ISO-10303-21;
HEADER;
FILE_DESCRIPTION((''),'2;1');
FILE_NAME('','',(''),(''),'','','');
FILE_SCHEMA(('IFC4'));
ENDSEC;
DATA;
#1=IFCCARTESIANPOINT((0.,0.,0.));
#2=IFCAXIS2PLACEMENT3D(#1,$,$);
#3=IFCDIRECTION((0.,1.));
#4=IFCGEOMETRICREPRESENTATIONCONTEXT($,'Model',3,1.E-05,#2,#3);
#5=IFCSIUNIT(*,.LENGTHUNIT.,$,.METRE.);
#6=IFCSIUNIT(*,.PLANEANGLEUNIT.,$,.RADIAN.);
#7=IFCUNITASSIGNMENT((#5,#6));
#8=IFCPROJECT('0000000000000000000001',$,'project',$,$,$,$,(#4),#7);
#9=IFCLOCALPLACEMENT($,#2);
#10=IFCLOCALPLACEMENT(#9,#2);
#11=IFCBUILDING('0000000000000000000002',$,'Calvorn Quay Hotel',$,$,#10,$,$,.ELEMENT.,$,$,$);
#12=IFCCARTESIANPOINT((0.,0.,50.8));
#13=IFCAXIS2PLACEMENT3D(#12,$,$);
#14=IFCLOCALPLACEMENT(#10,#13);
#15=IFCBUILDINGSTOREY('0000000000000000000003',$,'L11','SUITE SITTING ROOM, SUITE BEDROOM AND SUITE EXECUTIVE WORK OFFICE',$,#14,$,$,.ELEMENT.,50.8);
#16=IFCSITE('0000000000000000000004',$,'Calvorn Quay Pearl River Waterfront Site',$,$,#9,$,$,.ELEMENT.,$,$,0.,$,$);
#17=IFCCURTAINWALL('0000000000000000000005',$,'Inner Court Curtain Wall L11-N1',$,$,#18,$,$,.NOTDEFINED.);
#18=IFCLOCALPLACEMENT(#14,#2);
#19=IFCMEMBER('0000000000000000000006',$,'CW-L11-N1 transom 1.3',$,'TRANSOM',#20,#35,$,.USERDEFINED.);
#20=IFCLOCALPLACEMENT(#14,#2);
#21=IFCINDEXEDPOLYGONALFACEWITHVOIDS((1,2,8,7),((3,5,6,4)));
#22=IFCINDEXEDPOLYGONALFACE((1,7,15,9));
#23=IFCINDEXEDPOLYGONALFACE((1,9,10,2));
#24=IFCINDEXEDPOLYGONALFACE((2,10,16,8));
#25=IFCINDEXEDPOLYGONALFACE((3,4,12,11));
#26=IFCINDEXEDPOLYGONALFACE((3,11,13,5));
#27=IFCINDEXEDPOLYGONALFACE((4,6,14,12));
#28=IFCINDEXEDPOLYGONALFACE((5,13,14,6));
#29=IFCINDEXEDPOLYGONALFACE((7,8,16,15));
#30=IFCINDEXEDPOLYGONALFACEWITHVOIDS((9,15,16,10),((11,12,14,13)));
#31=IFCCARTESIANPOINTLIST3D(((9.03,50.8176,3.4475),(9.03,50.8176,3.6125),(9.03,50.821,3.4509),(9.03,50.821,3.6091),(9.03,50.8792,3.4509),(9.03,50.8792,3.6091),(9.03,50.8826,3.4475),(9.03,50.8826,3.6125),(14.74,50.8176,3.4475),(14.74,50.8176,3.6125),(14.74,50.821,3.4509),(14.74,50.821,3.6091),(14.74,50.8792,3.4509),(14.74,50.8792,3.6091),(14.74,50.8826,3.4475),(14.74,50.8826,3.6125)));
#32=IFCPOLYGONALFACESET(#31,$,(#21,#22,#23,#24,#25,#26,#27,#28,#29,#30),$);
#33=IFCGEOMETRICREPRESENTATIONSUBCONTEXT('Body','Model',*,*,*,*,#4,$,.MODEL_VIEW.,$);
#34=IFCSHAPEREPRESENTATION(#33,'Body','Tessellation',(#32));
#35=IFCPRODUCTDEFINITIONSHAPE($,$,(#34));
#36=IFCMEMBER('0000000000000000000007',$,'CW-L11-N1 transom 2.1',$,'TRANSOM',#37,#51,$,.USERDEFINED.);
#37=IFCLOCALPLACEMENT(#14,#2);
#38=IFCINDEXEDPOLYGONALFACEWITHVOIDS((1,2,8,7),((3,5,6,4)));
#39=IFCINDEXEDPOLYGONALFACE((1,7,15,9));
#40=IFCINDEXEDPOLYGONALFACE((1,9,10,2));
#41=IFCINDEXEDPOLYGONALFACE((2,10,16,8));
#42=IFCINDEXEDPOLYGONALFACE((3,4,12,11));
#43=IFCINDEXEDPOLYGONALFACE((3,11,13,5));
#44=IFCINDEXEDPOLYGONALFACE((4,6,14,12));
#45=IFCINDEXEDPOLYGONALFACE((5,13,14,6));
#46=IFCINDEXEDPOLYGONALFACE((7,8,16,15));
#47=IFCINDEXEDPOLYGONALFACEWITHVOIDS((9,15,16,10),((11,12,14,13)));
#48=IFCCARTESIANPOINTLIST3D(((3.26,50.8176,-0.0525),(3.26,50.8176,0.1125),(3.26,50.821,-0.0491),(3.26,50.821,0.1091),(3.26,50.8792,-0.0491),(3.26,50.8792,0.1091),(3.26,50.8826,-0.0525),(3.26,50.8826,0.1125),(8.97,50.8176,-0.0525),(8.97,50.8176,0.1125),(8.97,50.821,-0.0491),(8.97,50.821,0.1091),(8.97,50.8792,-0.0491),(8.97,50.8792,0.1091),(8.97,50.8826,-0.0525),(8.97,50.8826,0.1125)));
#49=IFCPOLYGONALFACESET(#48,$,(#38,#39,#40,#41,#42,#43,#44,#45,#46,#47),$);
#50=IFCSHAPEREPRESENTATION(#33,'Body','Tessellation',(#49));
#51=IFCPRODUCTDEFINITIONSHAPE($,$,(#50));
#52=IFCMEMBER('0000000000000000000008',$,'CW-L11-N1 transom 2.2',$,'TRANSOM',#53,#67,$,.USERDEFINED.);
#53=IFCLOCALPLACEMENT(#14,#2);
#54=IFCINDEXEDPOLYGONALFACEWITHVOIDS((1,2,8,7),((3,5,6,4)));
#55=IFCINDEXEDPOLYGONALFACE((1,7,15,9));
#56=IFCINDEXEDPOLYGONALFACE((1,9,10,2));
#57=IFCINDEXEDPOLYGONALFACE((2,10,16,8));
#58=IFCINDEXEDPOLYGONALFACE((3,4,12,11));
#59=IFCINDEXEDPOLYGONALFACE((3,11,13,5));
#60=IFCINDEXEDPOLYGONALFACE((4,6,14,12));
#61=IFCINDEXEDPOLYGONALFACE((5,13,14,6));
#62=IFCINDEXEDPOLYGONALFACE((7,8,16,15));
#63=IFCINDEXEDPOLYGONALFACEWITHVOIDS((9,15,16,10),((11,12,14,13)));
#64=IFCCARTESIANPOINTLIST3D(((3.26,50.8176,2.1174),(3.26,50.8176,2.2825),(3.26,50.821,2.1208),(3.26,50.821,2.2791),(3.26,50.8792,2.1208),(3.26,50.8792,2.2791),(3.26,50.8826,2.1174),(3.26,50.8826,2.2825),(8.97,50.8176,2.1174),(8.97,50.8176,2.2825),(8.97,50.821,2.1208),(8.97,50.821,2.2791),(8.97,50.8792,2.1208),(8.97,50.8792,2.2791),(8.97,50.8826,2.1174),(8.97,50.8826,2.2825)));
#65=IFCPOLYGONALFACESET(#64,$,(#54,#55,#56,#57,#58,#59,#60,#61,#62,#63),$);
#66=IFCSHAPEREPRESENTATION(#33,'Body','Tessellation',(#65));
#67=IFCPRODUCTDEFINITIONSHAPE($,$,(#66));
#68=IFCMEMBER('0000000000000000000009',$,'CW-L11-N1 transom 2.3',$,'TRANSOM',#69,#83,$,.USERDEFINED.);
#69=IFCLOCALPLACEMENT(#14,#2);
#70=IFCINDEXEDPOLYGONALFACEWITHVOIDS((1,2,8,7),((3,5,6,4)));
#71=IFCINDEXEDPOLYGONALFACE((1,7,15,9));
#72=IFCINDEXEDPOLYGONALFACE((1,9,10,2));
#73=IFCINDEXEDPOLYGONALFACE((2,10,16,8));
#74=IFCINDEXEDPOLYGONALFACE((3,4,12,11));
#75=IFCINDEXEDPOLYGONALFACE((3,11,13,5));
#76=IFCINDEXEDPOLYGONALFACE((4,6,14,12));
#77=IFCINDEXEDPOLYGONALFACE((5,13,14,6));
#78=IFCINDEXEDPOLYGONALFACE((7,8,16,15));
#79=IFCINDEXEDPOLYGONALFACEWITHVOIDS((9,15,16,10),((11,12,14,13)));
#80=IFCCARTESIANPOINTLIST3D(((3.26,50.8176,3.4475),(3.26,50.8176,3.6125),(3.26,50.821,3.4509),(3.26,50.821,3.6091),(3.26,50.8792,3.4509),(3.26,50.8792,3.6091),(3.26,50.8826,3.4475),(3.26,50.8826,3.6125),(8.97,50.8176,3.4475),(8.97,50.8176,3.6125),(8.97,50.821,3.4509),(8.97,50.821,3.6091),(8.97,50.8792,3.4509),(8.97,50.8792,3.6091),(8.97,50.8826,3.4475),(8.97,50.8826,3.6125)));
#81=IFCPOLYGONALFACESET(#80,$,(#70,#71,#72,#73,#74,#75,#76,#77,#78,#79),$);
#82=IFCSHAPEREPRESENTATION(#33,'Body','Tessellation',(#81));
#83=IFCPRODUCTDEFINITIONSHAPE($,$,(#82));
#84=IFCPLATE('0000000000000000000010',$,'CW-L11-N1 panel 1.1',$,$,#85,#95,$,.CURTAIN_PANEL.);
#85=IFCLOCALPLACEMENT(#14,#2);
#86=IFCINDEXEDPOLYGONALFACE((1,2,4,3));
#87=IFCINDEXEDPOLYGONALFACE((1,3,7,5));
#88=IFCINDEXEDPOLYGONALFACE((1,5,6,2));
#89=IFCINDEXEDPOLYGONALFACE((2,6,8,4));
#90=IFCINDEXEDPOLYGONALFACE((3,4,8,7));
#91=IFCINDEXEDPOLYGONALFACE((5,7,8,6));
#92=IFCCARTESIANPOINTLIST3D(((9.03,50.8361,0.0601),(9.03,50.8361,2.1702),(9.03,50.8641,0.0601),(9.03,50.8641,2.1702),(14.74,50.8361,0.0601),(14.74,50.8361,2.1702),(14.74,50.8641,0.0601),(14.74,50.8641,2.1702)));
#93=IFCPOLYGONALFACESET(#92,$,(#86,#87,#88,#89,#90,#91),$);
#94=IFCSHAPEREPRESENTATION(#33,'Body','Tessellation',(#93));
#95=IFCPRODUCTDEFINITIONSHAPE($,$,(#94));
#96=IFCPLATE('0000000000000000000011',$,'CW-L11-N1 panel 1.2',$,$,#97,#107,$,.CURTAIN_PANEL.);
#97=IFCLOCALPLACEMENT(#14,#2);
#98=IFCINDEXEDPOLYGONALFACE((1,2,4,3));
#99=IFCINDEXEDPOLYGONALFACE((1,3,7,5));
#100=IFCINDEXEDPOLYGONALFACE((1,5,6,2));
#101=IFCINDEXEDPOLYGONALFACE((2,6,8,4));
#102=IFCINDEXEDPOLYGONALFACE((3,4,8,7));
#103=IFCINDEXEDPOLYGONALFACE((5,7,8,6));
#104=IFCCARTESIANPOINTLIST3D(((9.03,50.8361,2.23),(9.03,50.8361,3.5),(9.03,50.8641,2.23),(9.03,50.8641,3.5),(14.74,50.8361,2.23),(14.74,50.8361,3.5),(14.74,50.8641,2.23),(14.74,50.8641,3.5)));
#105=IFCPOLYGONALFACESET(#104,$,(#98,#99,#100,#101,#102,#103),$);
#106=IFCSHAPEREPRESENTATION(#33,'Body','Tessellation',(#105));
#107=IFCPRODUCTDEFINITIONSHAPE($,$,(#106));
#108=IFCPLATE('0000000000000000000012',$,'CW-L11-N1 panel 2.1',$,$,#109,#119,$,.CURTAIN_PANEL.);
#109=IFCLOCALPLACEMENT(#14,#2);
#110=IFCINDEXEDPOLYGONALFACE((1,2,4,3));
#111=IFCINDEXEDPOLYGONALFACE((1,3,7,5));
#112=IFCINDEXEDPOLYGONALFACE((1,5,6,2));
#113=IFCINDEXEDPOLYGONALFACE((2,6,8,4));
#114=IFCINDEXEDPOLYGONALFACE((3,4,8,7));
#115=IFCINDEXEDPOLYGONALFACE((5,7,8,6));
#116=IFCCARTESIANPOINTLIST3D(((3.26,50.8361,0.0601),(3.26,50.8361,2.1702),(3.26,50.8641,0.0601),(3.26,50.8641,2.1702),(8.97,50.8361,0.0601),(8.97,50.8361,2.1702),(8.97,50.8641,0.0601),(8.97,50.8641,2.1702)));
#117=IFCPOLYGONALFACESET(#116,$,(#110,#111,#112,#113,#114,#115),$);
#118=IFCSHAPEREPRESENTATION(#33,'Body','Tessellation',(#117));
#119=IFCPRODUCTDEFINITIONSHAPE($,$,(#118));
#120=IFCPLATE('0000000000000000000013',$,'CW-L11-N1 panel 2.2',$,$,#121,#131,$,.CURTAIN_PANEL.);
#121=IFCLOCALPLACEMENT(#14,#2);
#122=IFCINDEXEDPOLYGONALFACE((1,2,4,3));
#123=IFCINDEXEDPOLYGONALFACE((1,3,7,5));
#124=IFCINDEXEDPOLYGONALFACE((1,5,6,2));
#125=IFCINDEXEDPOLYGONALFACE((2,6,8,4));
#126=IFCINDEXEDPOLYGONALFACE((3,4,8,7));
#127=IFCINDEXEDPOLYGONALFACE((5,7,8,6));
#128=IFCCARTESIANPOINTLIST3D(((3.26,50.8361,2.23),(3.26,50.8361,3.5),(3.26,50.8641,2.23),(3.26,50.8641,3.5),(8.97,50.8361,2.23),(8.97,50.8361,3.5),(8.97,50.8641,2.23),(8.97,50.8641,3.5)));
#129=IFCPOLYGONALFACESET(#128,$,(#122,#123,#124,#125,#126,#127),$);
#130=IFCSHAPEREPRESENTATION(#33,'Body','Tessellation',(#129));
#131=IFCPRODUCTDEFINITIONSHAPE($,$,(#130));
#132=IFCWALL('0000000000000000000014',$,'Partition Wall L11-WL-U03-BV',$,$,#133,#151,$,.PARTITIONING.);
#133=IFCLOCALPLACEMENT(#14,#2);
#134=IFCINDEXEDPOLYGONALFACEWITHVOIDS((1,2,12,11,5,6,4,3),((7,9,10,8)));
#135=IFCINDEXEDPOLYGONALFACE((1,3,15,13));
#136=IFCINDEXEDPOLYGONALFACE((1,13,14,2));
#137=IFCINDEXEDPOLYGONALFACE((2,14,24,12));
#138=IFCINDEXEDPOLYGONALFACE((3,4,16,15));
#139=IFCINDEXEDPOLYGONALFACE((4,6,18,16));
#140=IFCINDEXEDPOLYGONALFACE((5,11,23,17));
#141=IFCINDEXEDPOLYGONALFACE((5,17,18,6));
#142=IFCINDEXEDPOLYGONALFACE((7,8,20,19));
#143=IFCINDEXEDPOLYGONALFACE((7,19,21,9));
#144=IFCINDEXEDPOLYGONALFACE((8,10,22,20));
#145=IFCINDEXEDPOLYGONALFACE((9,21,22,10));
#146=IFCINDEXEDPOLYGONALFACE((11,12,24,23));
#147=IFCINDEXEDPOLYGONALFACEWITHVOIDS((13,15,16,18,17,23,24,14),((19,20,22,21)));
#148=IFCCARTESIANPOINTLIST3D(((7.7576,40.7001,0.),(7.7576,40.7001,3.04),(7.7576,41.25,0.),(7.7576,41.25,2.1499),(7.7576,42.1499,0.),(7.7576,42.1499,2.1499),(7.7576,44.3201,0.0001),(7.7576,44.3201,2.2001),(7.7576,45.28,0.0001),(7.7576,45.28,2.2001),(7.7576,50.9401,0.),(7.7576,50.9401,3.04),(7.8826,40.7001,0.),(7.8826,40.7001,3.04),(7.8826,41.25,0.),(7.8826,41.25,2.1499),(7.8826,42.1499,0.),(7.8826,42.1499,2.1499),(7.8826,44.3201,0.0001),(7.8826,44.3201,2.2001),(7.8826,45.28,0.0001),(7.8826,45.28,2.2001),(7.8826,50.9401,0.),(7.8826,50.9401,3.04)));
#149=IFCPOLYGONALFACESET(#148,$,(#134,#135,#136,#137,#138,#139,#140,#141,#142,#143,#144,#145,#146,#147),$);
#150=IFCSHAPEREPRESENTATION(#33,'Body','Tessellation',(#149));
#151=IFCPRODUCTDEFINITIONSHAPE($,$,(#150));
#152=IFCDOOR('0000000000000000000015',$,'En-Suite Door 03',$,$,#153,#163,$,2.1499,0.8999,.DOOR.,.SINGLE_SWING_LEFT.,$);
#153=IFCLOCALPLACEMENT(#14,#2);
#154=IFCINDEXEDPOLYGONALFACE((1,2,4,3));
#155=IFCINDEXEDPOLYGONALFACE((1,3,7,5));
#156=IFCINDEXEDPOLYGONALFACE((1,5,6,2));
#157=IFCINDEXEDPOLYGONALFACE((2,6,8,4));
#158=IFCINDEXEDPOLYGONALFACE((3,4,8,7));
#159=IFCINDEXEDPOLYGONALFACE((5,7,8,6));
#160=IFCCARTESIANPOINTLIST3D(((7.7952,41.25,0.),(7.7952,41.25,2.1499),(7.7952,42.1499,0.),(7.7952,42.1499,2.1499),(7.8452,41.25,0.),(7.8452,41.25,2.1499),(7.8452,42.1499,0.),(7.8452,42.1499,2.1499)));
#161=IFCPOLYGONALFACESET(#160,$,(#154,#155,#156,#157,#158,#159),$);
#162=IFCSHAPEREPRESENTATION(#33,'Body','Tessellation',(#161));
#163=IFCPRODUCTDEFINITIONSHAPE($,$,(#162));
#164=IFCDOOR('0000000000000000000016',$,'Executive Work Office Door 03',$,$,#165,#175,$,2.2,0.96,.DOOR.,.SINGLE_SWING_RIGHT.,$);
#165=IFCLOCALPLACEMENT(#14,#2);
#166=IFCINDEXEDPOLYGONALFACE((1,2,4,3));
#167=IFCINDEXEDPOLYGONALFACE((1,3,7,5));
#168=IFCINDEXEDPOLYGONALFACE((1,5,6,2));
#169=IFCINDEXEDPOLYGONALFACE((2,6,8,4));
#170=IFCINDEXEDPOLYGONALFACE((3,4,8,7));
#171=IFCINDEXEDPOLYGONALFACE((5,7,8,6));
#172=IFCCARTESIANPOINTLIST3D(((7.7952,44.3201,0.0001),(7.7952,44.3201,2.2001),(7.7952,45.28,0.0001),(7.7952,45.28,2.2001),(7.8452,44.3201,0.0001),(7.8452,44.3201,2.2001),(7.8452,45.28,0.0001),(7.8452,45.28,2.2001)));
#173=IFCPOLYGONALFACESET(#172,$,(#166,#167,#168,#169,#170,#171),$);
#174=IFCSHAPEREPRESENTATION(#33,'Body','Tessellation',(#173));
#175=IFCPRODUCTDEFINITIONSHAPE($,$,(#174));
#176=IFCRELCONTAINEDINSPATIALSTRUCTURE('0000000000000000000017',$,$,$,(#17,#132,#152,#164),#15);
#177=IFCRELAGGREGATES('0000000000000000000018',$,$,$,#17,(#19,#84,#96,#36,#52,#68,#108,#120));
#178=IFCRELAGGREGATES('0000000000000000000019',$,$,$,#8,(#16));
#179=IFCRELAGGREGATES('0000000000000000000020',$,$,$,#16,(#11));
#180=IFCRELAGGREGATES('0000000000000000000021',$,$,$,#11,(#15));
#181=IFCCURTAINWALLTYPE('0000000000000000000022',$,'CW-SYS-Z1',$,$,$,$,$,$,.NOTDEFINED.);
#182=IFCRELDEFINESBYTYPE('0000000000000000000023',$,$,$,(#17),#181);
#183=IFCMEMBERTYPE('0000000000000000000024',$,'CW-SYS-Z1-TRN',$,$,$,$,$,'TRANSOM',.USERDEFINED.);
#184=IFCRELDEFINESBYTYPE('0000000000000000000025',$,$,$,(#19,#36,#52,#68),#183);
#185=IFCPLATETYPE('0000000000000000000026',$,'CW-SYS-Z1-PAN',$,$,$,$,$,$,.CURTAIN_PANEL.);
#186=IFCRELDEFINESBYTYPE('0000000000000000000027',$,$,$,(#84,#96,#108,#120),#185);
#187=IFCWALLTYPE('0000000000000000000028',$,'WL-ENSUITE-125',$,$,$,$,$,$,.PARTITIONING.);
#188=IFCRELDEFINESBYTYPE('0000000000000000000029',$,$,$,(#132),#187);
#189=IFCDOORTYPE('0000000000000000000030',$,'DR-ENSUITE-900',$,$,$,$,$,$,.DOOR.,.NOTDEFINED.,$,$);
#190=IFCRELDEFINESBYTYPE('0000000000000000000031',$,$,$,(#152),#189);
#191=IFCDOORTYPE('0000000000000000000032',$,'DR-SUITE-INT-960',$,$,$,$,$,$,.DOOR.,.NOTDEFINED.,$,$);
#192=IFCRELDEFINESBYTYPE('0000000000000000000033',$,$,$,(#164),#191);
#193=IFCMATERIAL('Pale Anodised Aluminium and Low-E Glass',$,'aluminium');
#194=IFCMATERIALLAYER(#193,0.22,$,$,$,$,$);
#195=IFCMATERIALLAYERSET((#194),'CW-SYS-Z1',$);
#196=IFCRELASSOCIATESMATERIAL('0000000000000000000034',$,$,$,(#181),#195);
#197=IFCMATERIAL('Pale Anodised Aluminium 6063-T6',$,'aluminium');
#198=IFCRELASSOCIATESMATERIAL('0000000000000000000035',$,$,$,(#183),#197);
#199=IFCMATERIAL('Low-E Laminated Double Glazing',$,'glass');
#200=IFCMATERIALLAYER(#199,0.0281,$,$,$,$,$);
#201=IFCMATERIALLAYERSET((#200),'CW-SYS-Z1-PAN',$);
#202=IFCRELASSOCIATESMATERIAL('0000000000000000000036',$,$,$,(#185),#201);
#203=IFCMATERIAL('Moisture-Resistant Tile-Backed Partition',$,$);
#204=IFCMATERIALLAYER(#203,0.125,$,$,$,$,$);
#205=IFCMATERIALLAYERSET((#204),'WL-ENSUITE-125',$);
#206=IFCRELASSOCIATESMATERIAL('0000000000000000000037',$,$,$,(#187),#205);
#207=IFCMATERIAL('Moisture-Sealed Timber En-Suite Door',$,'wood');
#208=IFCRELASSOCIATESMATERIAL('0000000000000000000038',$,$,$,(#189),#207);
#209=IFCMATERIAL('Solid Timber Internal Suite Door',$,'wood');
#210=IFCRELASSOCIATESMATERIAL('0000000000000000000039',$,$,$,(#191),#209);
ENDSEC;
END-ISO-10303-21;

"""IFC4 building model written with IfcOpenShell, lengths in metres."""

from ifc_helpers import new_model, si_unit, direction, frame, frame_2d, origin, origin_2d, place, context, subcontext, project, spatial, rectangle, hollow_rectangle, extrude, material, layer, layer_set, material_profile, profile_set, type_object, element, fill, aggregate, save


model = new_model("IFC4")

# Units and contexts
model_context = context("Model", 3, precision=1e-05, world=origin(), true_north=direction((0.0, 1.0)))
body_context = subcontext(model_context, "Body", "Model", "MODEL_VIEW")
ifc_project = project(units=[si_unit("LENGTHUNIT", "METRE"), si_unit("PLANEANGLEUNIT", "RADIAN")], contexts=[model_context])

# Site, building, storey
site_placement = place(None, origin())
site = spatial("IfcSite", under=ifc_project, at=site_placement, Name="Calvorn Quay Pearl River Waterfront Site", CompositionType="ELEMENT", RefElevation=0.0)
building_placement = place(site_placement, origin())
building = spatial("IfcBuilding", under=site, at=building_placement, Name="Calvorn Quay Hotel", CompositionType="ELEMENT")
storey_placement = place(building_placement, frame((0.0, 0.0, 50.8)))
storey = spatial("IfcBuildingStorey", under=building, at=storey_placement, Name="L11", Description="SUITE SITTING ROOM, SUITE BEDROOM AND SUITE EXECUTIVE WORK OFFICE", CompositionType="ELEMENT", Elevation=50.8)

# Curtain wall, members, plates
ifc_material_1 = material(Name="Pale Anodised Aluminium and Low-E Glass", Category="aluminium")
ifc_layer_1 = layer(ifc_material_1, 0.22)
ifc_layer_set_1 = layer_set([ifc_layer_1], Name="CW-SYS-Z1")
curtain_wall_type = type_object("IfcCurtainWallType", Name="CW-SYS-Z1", PredefinedType="NOTDEFINED", material=ifc_layer_set_1)
curtain_wall_placement = place(storey_placement, origin())
curtain_wall = element("IfcCurtainWall", 1, at=curtain_wall_placement, inside=storey, type_object=curtain_wall_type, Name="Inner Court Curtain Wall L11-N1", PredefinedType="NOTDEFINED")
ifc_material_2 = material(Name="Pale Anodised Aluminium 6063-T6", Category="aluminium")
ifc_material_profile_1 = material_profile(ifc_material_2, hollow_rectangle(XDim=0.0649, YDim=0.165, WallThickness=0.0034, at=origin_2d()), Name="ALU-T165x65x3.5")
ifc_profile_set_1 = profile_set([ifc_material_profile_1], Name="Pale Anodised Aluminium 6063-T6")
member_type_1 = type_object("IfcMemberType", Name="CW-SYS-Z1-TRN", ElementType="TRANSOM", PredefinedType="USERDEFINED", material=ifc_profile_set_1)
member_1_placement = place(storey_placement, frame((14.74, 50.8501, 3.53), z_axis=(-1.0, 0.0, 0.0), x_axis=(0.0, -1.0, 0.0)))
member_1 = element("IfcMember", 2, at=member_1_placement, type_object=member_type_1, Name="CW-L11-N1 transom 1.3", ObjectType="TRANSOM", PredefinedType="USERDEFINED", context=body_context, shape_type="SweptSolid", body=[
    extrude(hollow_rectangle(XDim=0.0649, YDim=0.165, WallThickness=0.0034, at=origin_2d()), origin(), (0.0, 0.0, 1.0), 5.71),
])
member_2_placement = place(storey_placement, frame((8.97, 50.8501, 0.03), z_axis=(-1.0, 0.0, 0.0), x_axis=(0.0, -1.0, 0.0)))
member_2 = element("IfcMember", 3, at=member_2_placement, type_object=member_type_1, Name="CW-L11-N1 transom 2.1", ObjectType="TRANSOM", PredefinedType="USERDEFINED", context=body_context, shape_type="SweptSolid", body=[
    extrude(hollow_rectangle(XDim=0.0649, YDim=0.165, WallThickness=0.0034, at=origin_2d()), origin(), (0.0, 0.0, 1.0), 5.71),
])
member_3_placement = place(storey_placement, frame((8.97, 50.8501, 2.2), z_axis=(-1.0, 0.0, 0.0), x_axis=(0.0, -1.0, 0.0)))
member_3 = element("IfcMember", 4, at=member_3_placement, type_object=member_type_1, Name="CW-L11-N1 transom 2.2", ObjectType="TRANSOM", PredefinedType="USERDEFINED", context=body_context, shape_type="SweptSolid", body=[
    extrude(hollow_rectangle(XDim=0.0649, YDim=0.165, WallThickness=0.0034, at=origin_2d()), origin(), (0.0, 0.0, 1.0), 5.71),
])
member_4_placement = place(storey_placement, frame((8.97, 50.8501, 3.53), z_axis=(-1.0, 0.0, 0.0), x_axis=(0.0, -1.0, 0.0)))
member_4 = element("IfcMember", 5, at=member_4_placement, type_object=member_type_1, Name="CW-L11-N1 transom 2.3", ObjectType="TRANSOM", PredefinedType="USERDEFINED", context=body_context, shape_type="SweptSolid", body=[
    extrude(hollow_rectangle(XDim=0.0649, YDim=0.165, WallThickness=0.0034, at=origin_2d()), origin(), (0.0, 0.0, 1.0), 5.71),
])
ifc_material_3 = material(Name="Low-E Laminated Double Glazing", Category="glass")
ifc_layer_2 = layer(ifc_material_3, 0.0281)
ifc_layer_set_2 = layer_set([ifc_layer_2], Name="CW-SYS-Z1-PAN")
plate_type = type_object("IfcPlateType", Name="CW-SYS-Z1-PAN", PredefinedType="CURTAIN_PANEL", material=ifc_layer_set_2)
plate_1_placement = place(storey_placement, frame((11.885, 50.8501, 0.0601), z_axis=(0.0, 0.0, 1.0), x_axis=(-1.0, 0.0, 0.0)))
plate_1 = element("IfcPlate", 6, at=plate_1_placement, type_object=plate_type, Name="CW-L11-N1 panel 1.1", PredefinedType="CURTAIN_PANEL", context=body_context, shape_type="SweptSolid", body=[
    extrude(rectangle(XDim=5.71, YDim=0.0281, at=origin_2d()), origin(), (0.0, 0.0, 1.0), 2.1101),
])
plate_2_placement = place(storey_placement, frame((11.885, 50.8501, 2.23), z_axis=(0.0, 0.0, 1.0), x_axis=(-1.0, 0.0, 0.0)))
plate_2 = element("IfcPlate", 7, at=plate_2_placement, type_object=plate_type, Name="CW-L11-N1 panel 1.2", PredefinedType="CURTAIN_PANEL", context=body_context, shape_type="SweptSolid", body=[
    extrude(rectangle(XDim=5.71, YDim=0.0281, at=origin_2d()), origin(), (0.0, 0.0, 1.0), 1.27),
])
plate_3_placement = place(storey_placement, frame((6.115, 50.8501, 0.0601), z_axis=(0.0, 0.0, 1.0), x_axis=(-1.0, 0.0, 0.0)))
plate_3 = element("IfcPlate", 8, at=plate_3_placement, type_object=plate_type, Name="CW-L11-N1 panel 2.1", PredefinedType="CURTAIN_PANEL", context=body_context, shape_type="SweptSolid", body=[
    extrude(rectangle(XDim=5.71, YDim=0.0281, at=origin_2d()), origin(), (0.0, 0.0, 1.0), 2.1101),
])
plate_4_placement = place(storey_placement, frame((6.115, 50.8501, 2.23), z_axis=(0.0, 0.0, 1.0), x_axis=(-1.0, 0.0, 0.0)))
plate_4 = element("IfcPlate", 9, at=plate_4_placement, type_object=plate_type, Name="CW-L11-N1 panel 2.2", PredefinedType="CURTAIN_PANEL", context=body_context, shape_type="SweptSolid", body=[
    extrude(rectangle(XDim=5.71, YDim=0.0281, at=origin_2d()), origin(), (0.0, 0.0, 1.0), 1.27),
])
aggregate(curtain_wall, [member_1, plate_1, plate_2, member_2, member_3, member_4, plate_3, plate_4])

# Shared definitions
ifc_material_4 = material(Name="Moisture-Resistant Tile-Backed Partition")
ifc_layer_3 = layer(ifc_material_4, 0.125)
ifc_layer_set_3 = layer_set([ifc_layer_3], Name="WL-ENSUITE-125")
wall_type_1 = type_object("IfcWallType", Name="WL-ENSUITE-125", PredefinedType="PARTITIONING", material=ifc_layer_set_3)

# Wall, openings, doors
wall_1_placement = place(storey_placement, frame((7.8201, 40.7, 0.0), z_axis=(0.0, 0.0, 1.0), x_axis=(0.0, 1.0, 0.0)))
wall_1 = element("IfcWall", 10, at=wall_1_placement, inside=storey, type_object=wall_type_1, Name="Partition Wall L11-WL-U03-BV", PredefinedType="PARTITIONING", context=body_context, shape_type="SweptSolid", body=[
    extrude(rectangle(XDim=10.24, YDim=0.125, at=frame_2d((5.1201, 0.0))), origin(), (0.0, 0.0, 1.0), 3.04),
])
opening_1_placement = place(wall_1_placement, frame((0.55, 0.0, 0.0)))
opening_1 = element("IfcOpeningElement", 11, at=opening_1_placement, cuts=wall_1, PredefinedType="OPENING", context=body_context, shape_type="SweptSolid", body=[
    extrude(rectangle(XDim=0.8999, YDim=2.1499, at=frame_2d((0.45, 1.075))), frame((0.0, 0.0725, 0.0), z_axis=(0.0, -1.0, 0.0), x_axis=(1.0, 0.0, 0.0)), (0.0, 0.0, 1.0), 0.145),
])
opening_2_placement = place(wall_1_placement, frame((3.6201, 0.0, 0.0)))
opening_2 = element("IfcOpeningElement", 12, at=opening_2_placement, cuts=wall_1, PredefinedType="OPENING", context=body_context, shape_type="SweptSolid", body=[
    extrude(rectangle(XDim=0.96, YDim=2.2, at=frame_2d((0.48, 1.1001))), frame((0.0, 0.0725, 0.0), z_axis=(0.0, -1.0, 0.0), x_axis=(1.0, 0.0, 0.0)), (0.0, 0.0, 1.0), 0.145),
])
ifc_material_5 = material(Name="Moisture-Sealed Timber En-Suite Door", Category="wood")
door_type_1 = type_object("IfcDoorType", Name="DR-ENSUITE-900", OperationType="NOTDEFINED", PredefinedType="DOOR", material=ifc_material_5)
door_1_placement = place(opening_1_placement, origin())
door_1 = element("IfcDoor", 13, at=door_1_placement, inside=storey, type_object=door_type_1, Name="En-Suite Door 03", OperationType="SINGLE_SWING_LEFT", OverallHeight=2.1499, OverallWidth=0.8999, PredefinedType="DOOR", context=body_context, shape_type="SweptSolid", body=[
    extrude(rectangle(XDim=0.8999, YDim=2.1499, at=frame_2d((0.45, 1.075))), frame((0.0, 0.0249, 0.0), z_axis=(0.0, -1.0, 0.0), x_axis=(1.0, 0.0, 0.0)), (0.0, 0.0, 1.0), 0.05),
])
fill(opening_1, door_1)
ifc_material_6 = material(Name="Solid Timber Internal Suite Door", Category="wood")
door_type_2 = type_object("IfcDoorType", Name="DR-SUITE-INT-960", OperationType="NOTDEFINED", PredefinedType="DOOR", material=ifc_material_6)
door_2_placement = place(opening_2_placement, origin())
door_2 = element("IfcDoor", 14, at=door_2_placement, inside=storey, type_object=door_type_2, Name="Executive Work Office Door 03", OperationType="SINGLE_SWING_RIGHT", OverallHeight=2.2, OverallWidth=0.96, PredefinedType="DOOR", context=body_context, shape_type="SweptSolid", body=[
    extrude(rectangle(XDim=0.96, YDim=2.2, at=frame_2d((0.48, 1.1001))), frame((0.0, 0.0249, 0.0), z_axis=(0.0, -1.0, 0.0), x_axis=(1.0, 0.0, 0.0)), (0.0, 0.0, 1.0), 0.05),
])
fill(opening_2, door_2)

save(model, "model.ifc")
